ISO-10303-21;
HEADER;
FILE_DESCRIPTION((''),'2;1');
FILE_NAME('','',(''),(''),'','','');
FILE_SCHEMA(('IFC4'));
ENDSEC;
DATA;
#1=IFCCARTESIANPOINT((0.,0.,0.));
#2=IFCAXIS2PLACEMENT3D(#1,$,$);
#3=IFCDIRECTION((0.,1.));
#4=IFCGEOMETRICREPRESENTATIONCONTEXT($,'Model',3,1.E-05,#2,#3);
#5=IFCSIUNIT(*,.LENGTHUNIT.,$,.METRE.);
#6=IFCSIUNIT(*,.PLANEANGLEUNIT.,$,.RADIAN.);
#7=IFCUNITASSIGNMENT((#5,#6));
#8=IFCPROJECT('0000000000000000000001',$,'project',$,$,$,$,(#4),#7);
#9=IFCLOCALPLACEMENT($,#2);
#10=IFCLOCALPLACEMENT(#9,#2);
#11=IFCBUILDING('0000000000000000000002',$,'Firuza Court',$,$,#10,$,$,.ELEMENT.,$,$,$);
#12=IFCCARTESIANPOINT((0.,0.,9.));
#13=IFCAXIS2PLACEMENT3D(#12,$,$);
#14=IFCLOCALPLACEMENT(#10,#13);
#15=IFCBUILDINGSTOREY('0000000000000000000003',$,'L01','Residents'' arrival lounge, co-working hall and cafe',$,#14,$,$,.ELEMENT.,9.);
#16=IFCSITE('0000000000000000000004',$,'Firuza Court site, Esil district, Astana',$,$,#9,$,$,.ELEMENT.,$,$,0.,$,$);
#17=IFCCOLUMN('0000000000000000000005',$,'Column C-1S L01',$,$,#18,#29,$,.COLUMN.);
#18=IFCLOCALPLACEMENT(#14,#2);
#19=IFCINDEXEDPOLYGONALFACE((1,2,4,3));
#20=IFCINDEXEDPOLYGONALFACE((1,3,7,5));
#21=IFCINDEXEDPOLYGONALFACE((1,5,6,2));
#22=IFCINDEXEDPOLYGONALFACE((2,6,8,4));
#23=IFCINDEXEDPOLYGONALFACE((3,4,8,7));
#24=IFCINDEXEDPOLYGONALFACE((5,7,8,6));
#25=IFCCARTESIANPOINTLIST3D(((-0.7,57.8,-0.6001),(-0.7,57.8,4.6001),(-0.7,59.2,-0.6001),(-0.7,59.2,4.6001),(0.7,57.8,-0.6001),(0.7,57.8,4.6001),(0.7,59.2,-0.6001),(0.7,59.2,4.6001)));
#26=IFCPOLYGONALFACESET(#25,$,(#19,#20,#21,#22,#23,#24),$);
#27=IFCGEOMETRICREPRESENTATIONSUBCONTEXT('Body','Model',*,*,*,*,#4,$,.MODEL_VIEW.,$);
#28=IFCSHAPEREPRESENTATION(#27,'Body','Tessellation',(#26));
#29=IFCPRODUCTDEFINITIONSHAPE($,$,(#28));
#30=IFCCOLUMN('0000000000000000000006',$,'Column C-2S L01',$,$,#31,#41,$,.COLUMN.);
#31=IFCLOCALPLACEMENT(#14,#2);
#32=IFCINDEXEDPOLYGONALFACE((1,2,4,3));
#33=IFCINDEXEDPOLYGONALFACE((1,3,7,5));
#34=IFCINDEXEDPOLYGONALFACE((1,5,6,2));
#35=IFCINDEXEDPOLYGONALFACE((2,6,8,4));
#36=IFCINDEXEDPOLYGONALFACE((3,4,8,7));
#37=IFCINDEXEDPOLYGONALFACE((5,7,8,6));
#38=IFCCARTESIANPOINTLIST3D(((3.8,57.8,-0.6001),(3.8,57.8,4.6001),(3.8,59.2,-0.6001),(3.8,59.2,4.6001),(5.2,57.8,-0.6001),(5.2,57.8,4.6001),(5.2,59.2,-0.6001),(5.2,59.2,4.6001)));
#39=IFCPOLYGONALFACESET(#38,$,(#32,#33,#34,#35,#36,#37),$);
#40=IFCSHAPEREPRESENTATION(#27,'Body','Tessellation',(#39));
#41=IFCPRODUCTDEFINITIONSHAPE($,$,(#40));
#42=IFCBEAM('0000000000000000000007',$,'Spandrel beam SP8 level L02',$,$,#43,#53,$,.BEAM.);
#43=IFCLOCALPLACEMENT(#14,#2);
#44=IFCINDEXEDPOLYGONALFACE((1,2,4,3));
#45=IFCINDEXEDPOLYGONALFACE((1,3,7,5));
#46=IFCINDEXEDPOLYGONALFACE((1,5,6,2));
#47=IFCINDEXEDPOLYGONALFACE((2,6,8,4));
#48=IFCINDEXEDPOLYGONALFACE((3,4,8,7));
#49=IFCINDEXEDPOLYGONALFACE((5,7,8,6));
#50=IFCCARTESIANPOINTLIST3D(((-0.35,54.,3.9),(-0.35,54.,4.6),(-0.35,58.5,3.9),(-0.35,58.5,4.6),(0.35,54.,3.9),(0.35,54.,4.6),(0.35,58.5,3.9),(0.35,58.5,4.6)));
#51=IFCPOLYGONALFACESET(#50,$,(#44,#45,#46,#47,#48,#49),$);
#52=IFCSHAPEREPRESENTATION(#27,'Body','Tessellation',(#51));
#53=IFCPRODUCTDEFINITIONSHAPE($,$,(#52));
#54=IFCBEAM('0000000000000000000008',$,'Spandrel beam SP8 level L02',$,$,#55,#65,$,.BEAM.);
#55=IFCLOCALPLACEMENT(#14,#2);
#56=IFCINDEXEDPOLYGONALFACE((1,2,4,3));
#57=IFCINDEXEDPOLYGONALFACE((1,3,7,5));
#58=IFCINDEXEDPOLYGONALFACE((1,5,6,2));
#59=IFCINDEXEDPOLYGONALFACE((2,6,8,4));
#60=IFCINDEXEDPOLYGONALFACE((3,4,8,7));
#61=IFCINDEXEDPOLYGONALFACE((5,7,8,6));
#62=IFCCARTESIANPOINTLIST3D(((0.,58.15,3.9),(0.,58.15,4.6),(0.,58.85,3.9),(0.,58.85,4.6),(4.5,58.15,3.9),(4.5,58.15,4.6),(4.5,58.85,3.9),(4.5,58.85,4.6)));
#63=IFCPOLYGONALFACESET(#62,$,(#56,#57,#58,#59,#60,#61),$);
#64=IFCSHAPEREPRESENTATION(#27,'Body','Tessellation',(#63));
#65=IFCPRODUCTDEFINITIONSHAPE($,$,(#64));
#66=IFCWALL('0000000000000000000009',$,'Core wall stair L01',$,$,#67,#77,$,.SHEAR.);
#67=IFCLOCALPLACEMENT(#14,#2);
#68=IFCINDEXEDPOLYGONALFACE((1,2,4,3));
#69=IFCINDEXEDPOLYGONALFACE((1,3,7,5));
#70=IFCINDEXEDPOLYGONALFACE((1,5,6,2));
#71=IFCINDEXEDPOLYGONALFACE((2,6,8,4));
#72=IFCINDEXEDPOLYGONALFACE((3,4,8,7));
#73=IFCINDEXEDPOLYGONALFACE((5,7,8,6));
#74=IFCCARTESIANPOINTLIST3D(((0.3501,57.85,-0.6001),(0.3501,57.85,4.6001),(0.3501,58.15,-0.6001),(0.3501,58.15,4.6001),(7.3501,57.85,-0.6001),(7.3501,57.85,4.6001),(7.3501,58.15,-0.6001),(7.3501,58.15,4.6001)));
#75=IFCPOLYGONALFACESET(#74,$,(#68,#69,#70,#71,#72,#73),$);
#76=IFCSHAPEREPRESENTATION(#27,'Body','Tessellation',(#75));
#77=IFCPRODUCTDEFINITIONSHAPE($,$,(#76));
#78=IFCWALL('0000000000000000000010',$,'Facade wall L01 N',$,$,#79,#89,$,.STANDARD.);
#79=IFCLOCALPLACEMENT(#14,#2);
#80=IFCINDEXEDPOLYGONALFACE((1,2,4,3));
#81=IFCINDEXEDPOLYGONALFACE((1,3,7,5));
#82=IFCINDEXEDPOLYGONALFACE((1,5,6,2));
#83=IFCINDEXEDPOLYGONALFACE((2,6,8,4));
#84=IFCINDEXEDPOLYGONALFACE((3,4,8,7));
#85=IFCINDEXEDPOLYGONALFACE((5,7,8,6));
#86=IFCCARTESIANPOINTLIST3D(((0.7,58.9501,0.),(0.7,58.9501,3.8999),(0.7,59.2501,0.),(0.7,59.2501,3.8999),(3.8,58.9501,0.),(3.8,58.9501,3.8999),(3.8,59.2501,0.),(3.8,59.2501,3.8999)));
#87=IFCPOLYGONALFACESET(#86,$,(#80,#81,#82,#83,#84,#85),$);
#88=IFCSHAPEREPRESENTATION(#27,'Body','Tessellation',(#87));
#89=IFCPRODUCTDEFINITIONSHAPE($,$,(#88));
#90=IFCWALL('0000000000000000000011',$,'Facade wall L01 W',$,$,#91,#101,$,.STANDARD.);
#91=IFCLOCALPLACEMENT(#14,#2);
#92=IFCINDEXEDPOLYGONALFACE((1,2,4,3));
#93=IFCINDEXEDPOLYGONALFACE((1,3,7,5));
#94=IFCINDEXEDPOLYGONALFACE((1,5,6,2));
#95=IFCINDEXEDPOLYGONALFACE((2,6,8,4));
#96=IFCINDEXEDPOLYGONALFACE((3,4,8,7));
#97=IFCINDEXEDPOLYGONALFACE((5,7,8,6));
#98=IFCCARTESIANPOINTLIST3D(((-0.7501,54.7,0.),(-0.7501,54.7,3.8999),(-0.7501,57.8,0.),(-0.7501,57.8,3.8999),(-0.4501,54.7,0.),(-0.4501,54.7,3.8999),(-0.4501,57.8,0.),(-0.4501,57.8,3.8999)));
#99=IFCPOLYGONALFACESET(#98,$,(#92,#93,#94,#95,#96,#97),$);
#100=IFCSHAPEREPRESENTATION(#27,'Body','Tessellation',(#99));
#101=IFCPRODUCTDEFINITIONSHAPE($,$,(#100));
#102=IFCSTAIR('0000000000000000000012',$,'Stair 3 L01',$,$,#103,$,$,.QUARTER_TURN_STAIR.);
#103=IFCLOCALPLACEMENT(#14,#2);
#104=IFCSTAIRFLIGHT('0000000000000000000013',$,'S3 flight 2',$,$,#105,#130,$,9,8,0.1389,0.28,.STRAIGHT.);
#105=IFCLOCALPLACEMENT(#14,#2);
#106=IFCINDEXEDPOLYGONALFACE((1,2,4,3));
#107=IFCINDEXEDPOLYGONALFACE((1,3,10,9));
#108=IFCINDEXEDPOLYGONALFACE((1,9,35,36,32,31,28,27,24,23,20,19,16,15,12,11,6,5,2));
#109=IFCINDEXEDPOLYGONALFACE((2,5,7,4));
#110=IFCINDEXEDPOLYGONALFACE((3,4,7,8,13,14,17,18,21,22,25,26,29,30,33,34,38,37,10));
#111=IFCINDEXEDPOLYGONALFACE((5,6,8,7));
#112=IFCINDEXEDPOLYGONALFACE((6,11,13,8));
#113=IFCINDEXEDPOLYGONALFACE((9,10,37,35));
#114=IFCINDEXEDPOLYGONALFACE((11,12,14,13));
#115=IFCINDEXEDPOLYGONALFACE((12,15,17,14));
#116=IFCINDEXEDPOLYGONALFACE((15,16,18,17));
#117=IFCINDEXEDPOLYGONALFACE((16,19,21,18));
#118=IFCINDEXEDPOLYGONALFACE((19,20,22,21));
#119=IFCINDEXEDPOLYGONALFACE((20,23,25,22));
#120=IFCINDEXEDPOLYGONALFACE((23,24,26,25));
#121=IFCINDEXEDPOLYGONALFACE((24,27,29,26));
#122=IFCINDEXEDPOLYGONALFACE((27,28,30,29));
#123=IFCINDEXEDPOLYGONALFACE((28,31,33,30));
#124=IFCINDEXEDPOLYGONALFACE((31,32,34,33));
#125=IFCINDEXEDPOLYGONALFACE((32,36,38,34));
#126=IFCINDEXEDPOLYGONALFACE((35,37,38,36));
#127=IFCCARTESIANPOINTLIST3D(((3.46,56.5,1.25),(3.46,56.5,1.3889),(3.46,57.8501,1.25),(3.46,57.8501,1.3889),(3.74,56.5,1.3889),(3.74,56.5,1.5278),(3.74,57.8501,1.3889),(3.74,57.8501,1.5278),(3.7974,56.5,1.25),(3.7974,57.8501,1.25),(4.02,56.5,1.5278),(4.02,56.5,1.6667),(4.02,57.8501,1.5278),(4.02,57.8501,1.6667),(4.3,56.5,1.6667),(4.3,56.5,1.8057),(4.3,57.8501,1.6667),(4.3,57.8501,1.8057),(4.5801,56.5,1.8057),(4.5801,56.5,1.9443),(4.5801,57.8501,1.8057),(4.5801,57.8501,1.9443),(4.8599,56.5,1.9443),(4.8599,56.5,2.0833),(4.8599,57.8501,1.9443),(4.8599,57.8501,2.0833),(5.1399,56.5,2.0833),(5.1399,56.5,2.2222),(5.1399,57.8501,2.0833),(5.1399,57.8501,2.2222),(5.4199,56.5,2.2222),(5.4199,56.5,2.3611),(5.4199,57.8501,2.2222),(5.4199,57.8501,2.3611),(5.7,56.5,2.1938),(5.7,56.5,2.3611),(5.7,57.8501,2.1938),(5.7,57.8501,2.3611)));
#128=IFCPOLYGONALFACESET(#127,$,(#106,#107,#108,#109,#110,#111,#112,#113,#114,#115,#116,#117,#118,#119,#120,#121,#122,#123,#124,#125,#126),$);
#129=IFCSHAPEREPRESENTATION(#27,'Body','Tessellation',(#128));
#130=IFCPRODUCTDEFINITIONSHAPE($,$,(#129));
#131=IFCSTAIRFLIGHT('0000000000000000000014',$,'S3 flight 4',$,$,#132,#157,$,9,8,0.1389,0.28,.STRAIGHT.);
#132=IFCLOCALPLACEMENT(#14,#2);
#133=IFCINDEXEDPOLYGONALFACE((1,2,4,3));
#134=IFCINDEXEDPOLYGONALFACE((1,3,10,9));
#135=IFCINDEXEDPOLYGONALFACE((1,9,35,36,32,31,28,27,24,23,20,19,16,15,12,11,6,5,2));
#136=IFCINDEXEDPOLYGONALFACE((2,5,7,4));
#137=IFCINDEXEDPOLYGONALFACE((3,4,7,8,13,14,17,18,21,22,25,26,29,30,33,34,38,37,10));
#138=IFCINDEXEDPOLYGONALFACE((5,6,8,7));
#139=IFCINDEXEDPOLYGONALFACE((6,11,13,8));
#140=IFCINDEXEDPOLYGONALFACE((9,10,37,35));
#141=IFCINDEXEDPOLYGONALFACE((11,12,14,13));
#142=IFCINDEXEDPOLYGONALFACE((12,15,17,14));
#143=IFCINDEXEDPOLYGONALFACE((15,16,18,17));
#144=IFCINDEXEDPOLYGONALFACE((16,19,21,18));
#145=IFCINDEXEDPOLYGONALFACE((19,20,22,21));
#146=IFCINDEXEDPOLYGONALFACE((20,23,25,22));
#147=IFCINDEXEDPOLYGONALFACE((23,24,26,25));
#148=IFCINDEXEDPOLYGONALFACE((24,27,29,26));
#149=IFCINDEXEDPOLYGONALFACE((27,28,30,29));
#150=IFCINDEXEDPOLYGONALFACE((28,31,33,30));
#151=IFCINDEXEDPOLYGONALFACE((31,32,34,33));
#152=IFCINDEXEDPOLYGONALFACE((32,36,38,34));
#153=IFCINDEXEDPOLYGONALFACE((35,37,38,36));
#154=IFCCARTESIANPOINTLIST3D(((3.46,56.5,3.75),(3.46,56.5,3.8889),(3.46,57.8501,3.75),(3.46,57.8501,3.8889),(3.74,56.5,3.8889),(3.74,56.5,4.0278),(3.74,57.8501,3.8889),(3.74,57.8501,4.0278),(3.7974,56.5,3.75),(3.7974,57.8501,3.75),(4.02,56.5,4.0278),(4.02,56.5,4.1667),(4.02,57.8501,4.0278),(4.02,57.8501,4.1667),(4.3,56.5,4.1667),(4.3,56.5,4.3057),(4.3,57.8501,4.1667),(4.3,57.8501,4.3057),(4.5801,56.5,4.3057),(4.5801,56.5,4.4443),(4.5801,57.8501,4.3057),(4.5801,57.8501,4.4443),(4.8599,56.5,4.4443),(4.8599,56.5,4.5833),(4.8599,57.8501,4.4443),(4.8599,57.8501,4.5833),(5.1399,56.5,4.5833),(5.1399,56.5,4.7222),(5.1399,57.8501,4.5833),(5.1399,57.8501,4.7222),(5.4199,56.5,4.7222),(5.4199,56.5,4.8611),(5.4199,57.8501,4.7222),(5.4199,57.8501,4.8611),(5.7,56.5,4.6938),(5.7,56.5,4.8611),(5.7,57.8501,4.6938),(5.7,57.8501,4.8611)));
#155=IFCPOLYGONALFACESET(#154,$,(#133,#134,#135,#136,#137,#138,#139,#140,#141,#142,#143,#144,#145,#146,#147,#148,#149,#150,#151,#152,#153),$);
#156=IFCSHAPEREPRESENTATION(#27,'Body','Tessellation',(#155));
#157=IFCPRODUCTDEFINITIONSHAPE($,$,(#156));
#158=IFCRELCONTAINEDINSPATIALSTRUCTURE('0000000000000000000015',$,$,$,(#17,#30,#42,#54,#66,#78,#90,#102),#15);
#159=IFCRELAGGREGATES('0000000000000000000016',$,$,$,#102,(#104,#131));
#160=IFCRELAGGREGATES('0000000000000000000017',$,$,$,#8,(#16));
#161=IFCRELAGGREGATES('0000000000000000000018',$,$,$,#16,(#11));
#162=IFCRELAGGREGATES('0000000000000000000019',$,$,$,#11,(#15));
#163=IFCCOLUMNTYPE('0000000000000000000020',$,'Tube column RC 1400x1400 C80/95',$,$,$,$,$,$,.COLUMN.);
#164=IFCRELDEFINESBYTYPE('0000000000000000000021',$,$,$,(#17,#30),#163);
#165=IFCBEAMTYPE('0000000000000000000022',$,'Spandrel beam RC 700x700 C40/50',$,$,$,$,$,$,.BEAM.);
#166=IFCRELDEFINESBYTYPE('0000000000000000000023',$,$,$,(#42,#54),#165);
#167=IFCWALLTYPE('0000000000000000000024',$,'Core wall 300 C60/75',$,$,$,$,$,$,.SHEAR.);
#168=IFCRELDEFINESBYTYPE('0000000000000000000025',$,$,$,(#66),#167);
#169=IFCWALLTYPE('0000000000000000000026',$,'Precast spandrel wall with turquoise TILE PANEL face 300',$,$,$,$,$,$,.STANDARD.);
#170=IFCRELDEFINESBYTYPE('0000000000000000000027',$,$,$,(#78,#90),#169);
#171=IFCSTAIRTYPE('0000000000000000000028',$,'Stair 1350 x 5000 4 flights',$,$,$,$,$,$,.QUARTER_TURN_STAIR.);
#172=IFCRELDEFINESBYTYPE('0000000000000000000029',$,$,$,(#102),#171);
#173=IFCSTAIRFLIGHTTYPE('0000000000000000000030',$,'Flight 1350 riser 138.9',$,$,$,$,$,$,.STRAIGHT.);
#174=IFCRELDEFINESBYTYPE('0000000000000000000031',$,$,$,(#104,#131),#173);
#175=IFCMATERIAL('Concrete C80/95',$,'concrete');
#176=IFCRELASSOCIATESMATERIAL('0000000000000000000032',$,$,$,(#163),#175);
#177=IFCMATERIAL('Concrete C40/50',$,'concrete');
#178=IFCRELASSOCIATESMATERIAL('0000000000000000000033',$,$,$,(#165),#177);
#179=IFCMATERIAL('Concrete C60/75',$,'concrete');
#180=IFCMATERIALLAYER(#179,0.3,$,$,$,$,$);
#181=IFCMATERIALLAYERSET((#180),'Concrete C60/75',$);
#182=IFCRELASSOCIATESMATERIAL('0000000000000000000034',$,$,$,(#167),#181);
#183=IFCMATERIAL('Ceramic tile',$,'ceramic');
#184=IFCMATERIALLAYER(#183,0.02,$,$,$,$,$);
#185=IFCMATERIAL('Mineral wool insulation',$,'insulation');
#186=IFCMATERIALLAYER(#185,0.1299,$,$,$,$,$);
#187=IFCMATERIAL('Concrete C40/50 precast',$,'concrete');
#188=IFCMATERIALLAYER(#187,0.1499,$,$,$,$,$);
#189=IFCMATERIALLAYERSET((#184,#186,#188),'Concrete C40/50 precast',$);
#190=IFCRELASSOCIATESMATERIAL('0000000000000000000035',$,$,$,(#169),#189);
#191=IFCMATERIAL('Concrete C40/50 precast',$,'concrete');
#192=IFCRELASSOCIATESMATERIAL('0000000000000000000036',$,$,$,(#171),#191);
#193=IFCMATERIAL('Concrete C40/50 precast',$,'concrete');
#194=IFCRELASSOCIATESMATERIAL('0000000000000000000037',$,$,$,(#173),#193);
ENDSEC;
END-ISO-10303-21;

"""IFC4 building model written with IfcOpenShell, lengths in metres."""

from ifc_helpers import new_model, si_unit, direction, frame, frame_2d, origin, origin_2d, place, context, subcontext, project, spatial, polyline, rectangle, outline, extrude, material, layer, layer_set, material_profile, profile_set, type_object, element, aggregate, save


model = new_model("IFC4")

# Units and contexts
model_context = context("Model", 3, precision=1e-05, world=origin(), true_north=direction((0.0, 1.0)))
body_context = subcontext(model_context, "Body", "Model", "MODEL_VIEW")
ifc_project = project(units=[si_unit("LENGTHUNIT", "METRE"), si_unit("PLANEANGLEUNIT", "RADIAN")], contexts=[model_context])

# Site, building, storey
site_placement = place(None, origin())
site = spatial("IfcSite", under=ifc_project, at=site_placement, Name="Firuza Court site, Esil district, Astana", CompositionType="ELEMENT", RefElevation=0.0)
building_placement = place(site_placement, origin())
building = spatial("IfcBuilding", under=site, at=building_placement, Name="Firuza Court", CompositionType="ELEMENT")
storey_placement = place(building_placement, frame((0.0, 0.0, 9.0)))
storey = spatial("IfcBuildingStorey", under=building, at=storey_placement, Name="L01", Description="Residents' arrival lounge, co-working hall and cafe", CompositionType="ELEMENT", Elevation=9.0)

# Columns
ifc_material_1 = material(Name="Concrete C80/95", Category="concrete")
ifc_material_profile_1 = material_profile(ifc_material_1, rectangle(XDim=1.3999, YDim=1.3999, at=origin_2d()), Name="RC 1400x1400")
ifc_profile_set_1 = profile_set([ifc_material_profile_1], Name="Concrete C80/95")
column_type = type_object("IfcColumnType", Name="Tube column RC 1400x1400 C80/95", PredefinedType="COLUMN", material=ifc_profile_set_1)
for number, where, z_axis, x_axis, name in (
    (1, (0.0, 58.5, -0.6001), (0.0, 0.0, 1.0), (1.0, 0.0, 0.0), "Column C-1S L01"),
    (2, (4.5, 58.5, -0.6001), (0.0, 0.0, 1.0), (1.0, 0.0, 0.0), "Column C-2S L01"),
):
    element("IfcColumn", number, at=place(storey_placement, frame(where, z_axis=z_axis, x_axis=x_axis)), inside=storey, type_object=column_type, Name=name, PredefinedType="COLUMN", context=body_context, shape_type="SweptSolid", body=[
        extrude(rectangle(XDim=1.3999, YDim=1.3999, at=origin_2d()), origin(), (0.0, 0.0, 1.0), 5.2002),
    ])

# Beams
ifc_material_2 = material(Name="Concrete C40/50", Category="concrete")
ifc_material_profile_2 = material_profile(ifc_material_2, rectangle(XDim=0.7, YDim=0.7, at=origin_2d()), Name="RC 700x700")
ifc_profile_set_2 = profile_set([ifc_material_profile_2], Name="Concrete C40/50")
beam_type = type_object("IfcBeamType", Name="Spandrel beam RC 700x700 C40/50", PredefinedType="BEAM", material=ifc_profile_set_2)
for number, where, z_axis, x_axis, name in (
    (3, (0.0, 58.5, 4.25), (0.0, -1.0, 0.0), (1.0, 0.0, 0.0), "Spandrel beam SP8 level L02"),
    (4, (4.5, 58.5, 4.25), (-1.0, 0.0, 0.0), (0.0, -1.0, 0.0), "Spandrel beam SP8 level L02"),
):
    element("IfcBeam", number, at=place(storey_placement, frame(where, z_axis=z_axis, x_axis=x_axis)), inside=storey, type_object=beam_type, Name=name, PredefinedType="BEAM", context=body_context, shape_type="SweptSolid", body=[
        extrude(rectangle(XDim=0.7, YDim=0.7, at=origin_2d()), origin(), (0.0, 0.0, 1.0), 4.5),
    ])

# Walls
ifc_material_3 = material(Name="Concrete C60/75", Category="concrete")
ifc_layer_1 = layer(ifc_material_3, 0.3)
ifc_layer_set_1 = layer_set([ifc_layer_1], Name="Concrete C60/75")
wall_type_1 = type_object("IfcWallType", Name="Core wall 300 C60/75", PredefinedType="SHEAR", material=ifc_layer_set_1)
wall_placement = place(storey_placement, frame((0.3501, 58.0, -0.6001), z_axis=(0.0, 0.0, 1.0), x_axis=(1.0, 0.0, 0.0)))
element("IfcWall", 5, at=wall_placement, inside=storey, type_object=wall_type_1, Name="Core wall stair L01", PredefinedType="SHEAR", context=body_context, shape_type="SweptSolid", body=[
    extrude(rectangle(XDim=7.0, YDim=0.3, at=frame_2d((3.5, 0.0))), origin(), (0.0, 0.0, 1.0), 5.2002),
])
ifc_material_4 = material(Name="Ceramic tile", Category="ceramic")
ifc_layer_2 = layer(ifc_material_4, 0.02)
ifc_material_5 = material(Name="Mineral wool insulation", Category="insulation")
ifc_layer_3 = layer(ifc_material_5, 0.1299)
ifc_material_6 = material(Name="Concrete C40/50 precast", Category="concrete")
ifc_layer_4 = layer(ifc_material_6, 0.1499)
ifc_layer_set_2 = layer_set([ifc_layer_2, ifc_layer_3, ifc_layer_4], Name="Concrete C40/50 precast")
wall_type_2 = type_object("IfcWallType", Name="Precast spandrel wall with turquoise TILE PANEL face 300", PredefinedType="STANDARD", material=ifc_layer_set_2)
for number, where, z_axis, x_axis, name in (
    (6, (3.8, 59.1001, 0.0), (0.0, 0.0, 1.0), (-1.0, 0.0, 0.0), "Facade wall L01 N"),
    (7, (-0.6001, 57.8, 0.0), (0.0, 0.0, 1.0), (0.0, -1.0, 0.0), "Facade wall L01 W"),
):
    element("IfcWall", number, at=place(storey_placement, frame(where, z_axis=z_axis, x_axis=x_axis)), inside=storey, type_object=wall_type_2, Name=name, PredefinedType="STANDARD", context=body_context, shape_type="SweptSolid", body=[
        extrude(rectangle(XDim=3.1001, YDim=0.3, at=frame_2d((1.55, 0.0))), origin(), (0.0, 0.0, 1.0), 3.8999),
    ])

# Stair, stair flights
ifc_material_7 = material(Name="Concrete C40/50 precast", Category="concrete")
stair_type = type_object("IfcStairType", Name="Stair 1350 x 5000 4 flights", PredefinedType="QUARTER_TURN_STAIR", material=ifc_material_7)
stair_placement = place(storey_placement, origin())
stair = element("IfcStair", 8, at=stair_placement, inside=storey, type_object=stair_type, Name="Stair 3 L01", PredefinedType="QUARTER_TURN_STAIR")
ifc_material_8 = material(Name="Concrete C40/50 precast", Category="concrete")
stair_flight_type = type_object("IfcStairFlightType", Name="Flight 1350 riser 138.9", PredefinedType="STRAIGHT", material=ifc_material_8)
stair_flight_1_placement = place(storey_placement, frame((3.46, 57.175, 1.25), z_axis=(0.0, 0.0, 1.0), x_axis=(1.0, 0.0, 0.0)))
stair_flight_1 = element("IfcStairFlight", 9, at=stair_flight_1_placement, type_object=stair_flight_type, Name="S3 flight 2", NumberOfRisers=9, NumberOfTreads=8, PredefinedType="STRAIGHT", RiserHeight=0.1389, TreadLength=0.28, context=body_context, shape_type="SweptSolid", body=[
    extrude(outline(polyline([(0.0, 0.0), (0.0, 0.1389), (0.28, 0.1389), (0.28, 0.2778), (0.5601, 0.2778), (0.5601, 0.4167), (0.8401, 0.4167), (0.8401, 0.5557), (1.1201, 0.5557), (1.1201, 0.6943), (1.3999, 0.6943), (1.3999, 0.8333), (1.6799, 0.8333), (1.6799, 0.9722), (1.96, 0.9722), (1.96, 1.1111), (2.24, 1.1111), (2.24, 1.25), (2.24, 0.9438), (0.3374, 0.0), (0.0, 0.0)])), frame((0.0, 0.675, 0.0), z_axis=(0.0, -1.0, 0.0), x_axis=(1.0, 0.0, 0.0)), (0.0, 0.0, 1.0), 1.3501),
])
stair_flight_2_placement = place(storey_placement, frame((3.46, 57.175, 3.75), z_axis=(0.0, 0.0, 1.0), x_axis=(1.0, 0.0, 0.0)))
stair_flight_2 = element("IfcStairFlight", 10, at=stair_flight_2_placement, type_object=stair_flight_type, Name="S3 flight 4", NumberOfRisers=9, NumberOfTreads=8, PredefinedType="STRAIGHT", RiserHeight=0.1389, TreadLength=0.28, context=body_context, shape_type="SweptSolid", body=[
    extrude(outline(polyline([(0.0, 0.0), (0.0, 0.1389), (0.28, 0.1389), (0.28, 0.2778), (0.5601, 0.2778), (0.5601, 0.4167), (0.8401, 0.4167), (0.8401, 0.5557), (1.1201, 0.5557), (1.1201, 0.6943), (1.3999, 0.6943), (1.3999, 0.8333), (1.6799, 0.8333), (1.6799, 0.9722), (1.96, 0.9722), (1.96, 1.1111), (2.24, 1.1111), (2.24, 1.25), (2.24, 0.9438), (0.3374, 0.0), (0.0, 0.0)])), frame((0.0, 0.675, 0.0), z_axis=(0.0, -1.0, 0.0), x_axis=(1.0, 0.0, 0.0)), (0.0, 0.0, 1.0), 1.3501),
])
aggregate(stair, [stair_flight_1, stair_flight_2])

save(model, "model.ifc")
